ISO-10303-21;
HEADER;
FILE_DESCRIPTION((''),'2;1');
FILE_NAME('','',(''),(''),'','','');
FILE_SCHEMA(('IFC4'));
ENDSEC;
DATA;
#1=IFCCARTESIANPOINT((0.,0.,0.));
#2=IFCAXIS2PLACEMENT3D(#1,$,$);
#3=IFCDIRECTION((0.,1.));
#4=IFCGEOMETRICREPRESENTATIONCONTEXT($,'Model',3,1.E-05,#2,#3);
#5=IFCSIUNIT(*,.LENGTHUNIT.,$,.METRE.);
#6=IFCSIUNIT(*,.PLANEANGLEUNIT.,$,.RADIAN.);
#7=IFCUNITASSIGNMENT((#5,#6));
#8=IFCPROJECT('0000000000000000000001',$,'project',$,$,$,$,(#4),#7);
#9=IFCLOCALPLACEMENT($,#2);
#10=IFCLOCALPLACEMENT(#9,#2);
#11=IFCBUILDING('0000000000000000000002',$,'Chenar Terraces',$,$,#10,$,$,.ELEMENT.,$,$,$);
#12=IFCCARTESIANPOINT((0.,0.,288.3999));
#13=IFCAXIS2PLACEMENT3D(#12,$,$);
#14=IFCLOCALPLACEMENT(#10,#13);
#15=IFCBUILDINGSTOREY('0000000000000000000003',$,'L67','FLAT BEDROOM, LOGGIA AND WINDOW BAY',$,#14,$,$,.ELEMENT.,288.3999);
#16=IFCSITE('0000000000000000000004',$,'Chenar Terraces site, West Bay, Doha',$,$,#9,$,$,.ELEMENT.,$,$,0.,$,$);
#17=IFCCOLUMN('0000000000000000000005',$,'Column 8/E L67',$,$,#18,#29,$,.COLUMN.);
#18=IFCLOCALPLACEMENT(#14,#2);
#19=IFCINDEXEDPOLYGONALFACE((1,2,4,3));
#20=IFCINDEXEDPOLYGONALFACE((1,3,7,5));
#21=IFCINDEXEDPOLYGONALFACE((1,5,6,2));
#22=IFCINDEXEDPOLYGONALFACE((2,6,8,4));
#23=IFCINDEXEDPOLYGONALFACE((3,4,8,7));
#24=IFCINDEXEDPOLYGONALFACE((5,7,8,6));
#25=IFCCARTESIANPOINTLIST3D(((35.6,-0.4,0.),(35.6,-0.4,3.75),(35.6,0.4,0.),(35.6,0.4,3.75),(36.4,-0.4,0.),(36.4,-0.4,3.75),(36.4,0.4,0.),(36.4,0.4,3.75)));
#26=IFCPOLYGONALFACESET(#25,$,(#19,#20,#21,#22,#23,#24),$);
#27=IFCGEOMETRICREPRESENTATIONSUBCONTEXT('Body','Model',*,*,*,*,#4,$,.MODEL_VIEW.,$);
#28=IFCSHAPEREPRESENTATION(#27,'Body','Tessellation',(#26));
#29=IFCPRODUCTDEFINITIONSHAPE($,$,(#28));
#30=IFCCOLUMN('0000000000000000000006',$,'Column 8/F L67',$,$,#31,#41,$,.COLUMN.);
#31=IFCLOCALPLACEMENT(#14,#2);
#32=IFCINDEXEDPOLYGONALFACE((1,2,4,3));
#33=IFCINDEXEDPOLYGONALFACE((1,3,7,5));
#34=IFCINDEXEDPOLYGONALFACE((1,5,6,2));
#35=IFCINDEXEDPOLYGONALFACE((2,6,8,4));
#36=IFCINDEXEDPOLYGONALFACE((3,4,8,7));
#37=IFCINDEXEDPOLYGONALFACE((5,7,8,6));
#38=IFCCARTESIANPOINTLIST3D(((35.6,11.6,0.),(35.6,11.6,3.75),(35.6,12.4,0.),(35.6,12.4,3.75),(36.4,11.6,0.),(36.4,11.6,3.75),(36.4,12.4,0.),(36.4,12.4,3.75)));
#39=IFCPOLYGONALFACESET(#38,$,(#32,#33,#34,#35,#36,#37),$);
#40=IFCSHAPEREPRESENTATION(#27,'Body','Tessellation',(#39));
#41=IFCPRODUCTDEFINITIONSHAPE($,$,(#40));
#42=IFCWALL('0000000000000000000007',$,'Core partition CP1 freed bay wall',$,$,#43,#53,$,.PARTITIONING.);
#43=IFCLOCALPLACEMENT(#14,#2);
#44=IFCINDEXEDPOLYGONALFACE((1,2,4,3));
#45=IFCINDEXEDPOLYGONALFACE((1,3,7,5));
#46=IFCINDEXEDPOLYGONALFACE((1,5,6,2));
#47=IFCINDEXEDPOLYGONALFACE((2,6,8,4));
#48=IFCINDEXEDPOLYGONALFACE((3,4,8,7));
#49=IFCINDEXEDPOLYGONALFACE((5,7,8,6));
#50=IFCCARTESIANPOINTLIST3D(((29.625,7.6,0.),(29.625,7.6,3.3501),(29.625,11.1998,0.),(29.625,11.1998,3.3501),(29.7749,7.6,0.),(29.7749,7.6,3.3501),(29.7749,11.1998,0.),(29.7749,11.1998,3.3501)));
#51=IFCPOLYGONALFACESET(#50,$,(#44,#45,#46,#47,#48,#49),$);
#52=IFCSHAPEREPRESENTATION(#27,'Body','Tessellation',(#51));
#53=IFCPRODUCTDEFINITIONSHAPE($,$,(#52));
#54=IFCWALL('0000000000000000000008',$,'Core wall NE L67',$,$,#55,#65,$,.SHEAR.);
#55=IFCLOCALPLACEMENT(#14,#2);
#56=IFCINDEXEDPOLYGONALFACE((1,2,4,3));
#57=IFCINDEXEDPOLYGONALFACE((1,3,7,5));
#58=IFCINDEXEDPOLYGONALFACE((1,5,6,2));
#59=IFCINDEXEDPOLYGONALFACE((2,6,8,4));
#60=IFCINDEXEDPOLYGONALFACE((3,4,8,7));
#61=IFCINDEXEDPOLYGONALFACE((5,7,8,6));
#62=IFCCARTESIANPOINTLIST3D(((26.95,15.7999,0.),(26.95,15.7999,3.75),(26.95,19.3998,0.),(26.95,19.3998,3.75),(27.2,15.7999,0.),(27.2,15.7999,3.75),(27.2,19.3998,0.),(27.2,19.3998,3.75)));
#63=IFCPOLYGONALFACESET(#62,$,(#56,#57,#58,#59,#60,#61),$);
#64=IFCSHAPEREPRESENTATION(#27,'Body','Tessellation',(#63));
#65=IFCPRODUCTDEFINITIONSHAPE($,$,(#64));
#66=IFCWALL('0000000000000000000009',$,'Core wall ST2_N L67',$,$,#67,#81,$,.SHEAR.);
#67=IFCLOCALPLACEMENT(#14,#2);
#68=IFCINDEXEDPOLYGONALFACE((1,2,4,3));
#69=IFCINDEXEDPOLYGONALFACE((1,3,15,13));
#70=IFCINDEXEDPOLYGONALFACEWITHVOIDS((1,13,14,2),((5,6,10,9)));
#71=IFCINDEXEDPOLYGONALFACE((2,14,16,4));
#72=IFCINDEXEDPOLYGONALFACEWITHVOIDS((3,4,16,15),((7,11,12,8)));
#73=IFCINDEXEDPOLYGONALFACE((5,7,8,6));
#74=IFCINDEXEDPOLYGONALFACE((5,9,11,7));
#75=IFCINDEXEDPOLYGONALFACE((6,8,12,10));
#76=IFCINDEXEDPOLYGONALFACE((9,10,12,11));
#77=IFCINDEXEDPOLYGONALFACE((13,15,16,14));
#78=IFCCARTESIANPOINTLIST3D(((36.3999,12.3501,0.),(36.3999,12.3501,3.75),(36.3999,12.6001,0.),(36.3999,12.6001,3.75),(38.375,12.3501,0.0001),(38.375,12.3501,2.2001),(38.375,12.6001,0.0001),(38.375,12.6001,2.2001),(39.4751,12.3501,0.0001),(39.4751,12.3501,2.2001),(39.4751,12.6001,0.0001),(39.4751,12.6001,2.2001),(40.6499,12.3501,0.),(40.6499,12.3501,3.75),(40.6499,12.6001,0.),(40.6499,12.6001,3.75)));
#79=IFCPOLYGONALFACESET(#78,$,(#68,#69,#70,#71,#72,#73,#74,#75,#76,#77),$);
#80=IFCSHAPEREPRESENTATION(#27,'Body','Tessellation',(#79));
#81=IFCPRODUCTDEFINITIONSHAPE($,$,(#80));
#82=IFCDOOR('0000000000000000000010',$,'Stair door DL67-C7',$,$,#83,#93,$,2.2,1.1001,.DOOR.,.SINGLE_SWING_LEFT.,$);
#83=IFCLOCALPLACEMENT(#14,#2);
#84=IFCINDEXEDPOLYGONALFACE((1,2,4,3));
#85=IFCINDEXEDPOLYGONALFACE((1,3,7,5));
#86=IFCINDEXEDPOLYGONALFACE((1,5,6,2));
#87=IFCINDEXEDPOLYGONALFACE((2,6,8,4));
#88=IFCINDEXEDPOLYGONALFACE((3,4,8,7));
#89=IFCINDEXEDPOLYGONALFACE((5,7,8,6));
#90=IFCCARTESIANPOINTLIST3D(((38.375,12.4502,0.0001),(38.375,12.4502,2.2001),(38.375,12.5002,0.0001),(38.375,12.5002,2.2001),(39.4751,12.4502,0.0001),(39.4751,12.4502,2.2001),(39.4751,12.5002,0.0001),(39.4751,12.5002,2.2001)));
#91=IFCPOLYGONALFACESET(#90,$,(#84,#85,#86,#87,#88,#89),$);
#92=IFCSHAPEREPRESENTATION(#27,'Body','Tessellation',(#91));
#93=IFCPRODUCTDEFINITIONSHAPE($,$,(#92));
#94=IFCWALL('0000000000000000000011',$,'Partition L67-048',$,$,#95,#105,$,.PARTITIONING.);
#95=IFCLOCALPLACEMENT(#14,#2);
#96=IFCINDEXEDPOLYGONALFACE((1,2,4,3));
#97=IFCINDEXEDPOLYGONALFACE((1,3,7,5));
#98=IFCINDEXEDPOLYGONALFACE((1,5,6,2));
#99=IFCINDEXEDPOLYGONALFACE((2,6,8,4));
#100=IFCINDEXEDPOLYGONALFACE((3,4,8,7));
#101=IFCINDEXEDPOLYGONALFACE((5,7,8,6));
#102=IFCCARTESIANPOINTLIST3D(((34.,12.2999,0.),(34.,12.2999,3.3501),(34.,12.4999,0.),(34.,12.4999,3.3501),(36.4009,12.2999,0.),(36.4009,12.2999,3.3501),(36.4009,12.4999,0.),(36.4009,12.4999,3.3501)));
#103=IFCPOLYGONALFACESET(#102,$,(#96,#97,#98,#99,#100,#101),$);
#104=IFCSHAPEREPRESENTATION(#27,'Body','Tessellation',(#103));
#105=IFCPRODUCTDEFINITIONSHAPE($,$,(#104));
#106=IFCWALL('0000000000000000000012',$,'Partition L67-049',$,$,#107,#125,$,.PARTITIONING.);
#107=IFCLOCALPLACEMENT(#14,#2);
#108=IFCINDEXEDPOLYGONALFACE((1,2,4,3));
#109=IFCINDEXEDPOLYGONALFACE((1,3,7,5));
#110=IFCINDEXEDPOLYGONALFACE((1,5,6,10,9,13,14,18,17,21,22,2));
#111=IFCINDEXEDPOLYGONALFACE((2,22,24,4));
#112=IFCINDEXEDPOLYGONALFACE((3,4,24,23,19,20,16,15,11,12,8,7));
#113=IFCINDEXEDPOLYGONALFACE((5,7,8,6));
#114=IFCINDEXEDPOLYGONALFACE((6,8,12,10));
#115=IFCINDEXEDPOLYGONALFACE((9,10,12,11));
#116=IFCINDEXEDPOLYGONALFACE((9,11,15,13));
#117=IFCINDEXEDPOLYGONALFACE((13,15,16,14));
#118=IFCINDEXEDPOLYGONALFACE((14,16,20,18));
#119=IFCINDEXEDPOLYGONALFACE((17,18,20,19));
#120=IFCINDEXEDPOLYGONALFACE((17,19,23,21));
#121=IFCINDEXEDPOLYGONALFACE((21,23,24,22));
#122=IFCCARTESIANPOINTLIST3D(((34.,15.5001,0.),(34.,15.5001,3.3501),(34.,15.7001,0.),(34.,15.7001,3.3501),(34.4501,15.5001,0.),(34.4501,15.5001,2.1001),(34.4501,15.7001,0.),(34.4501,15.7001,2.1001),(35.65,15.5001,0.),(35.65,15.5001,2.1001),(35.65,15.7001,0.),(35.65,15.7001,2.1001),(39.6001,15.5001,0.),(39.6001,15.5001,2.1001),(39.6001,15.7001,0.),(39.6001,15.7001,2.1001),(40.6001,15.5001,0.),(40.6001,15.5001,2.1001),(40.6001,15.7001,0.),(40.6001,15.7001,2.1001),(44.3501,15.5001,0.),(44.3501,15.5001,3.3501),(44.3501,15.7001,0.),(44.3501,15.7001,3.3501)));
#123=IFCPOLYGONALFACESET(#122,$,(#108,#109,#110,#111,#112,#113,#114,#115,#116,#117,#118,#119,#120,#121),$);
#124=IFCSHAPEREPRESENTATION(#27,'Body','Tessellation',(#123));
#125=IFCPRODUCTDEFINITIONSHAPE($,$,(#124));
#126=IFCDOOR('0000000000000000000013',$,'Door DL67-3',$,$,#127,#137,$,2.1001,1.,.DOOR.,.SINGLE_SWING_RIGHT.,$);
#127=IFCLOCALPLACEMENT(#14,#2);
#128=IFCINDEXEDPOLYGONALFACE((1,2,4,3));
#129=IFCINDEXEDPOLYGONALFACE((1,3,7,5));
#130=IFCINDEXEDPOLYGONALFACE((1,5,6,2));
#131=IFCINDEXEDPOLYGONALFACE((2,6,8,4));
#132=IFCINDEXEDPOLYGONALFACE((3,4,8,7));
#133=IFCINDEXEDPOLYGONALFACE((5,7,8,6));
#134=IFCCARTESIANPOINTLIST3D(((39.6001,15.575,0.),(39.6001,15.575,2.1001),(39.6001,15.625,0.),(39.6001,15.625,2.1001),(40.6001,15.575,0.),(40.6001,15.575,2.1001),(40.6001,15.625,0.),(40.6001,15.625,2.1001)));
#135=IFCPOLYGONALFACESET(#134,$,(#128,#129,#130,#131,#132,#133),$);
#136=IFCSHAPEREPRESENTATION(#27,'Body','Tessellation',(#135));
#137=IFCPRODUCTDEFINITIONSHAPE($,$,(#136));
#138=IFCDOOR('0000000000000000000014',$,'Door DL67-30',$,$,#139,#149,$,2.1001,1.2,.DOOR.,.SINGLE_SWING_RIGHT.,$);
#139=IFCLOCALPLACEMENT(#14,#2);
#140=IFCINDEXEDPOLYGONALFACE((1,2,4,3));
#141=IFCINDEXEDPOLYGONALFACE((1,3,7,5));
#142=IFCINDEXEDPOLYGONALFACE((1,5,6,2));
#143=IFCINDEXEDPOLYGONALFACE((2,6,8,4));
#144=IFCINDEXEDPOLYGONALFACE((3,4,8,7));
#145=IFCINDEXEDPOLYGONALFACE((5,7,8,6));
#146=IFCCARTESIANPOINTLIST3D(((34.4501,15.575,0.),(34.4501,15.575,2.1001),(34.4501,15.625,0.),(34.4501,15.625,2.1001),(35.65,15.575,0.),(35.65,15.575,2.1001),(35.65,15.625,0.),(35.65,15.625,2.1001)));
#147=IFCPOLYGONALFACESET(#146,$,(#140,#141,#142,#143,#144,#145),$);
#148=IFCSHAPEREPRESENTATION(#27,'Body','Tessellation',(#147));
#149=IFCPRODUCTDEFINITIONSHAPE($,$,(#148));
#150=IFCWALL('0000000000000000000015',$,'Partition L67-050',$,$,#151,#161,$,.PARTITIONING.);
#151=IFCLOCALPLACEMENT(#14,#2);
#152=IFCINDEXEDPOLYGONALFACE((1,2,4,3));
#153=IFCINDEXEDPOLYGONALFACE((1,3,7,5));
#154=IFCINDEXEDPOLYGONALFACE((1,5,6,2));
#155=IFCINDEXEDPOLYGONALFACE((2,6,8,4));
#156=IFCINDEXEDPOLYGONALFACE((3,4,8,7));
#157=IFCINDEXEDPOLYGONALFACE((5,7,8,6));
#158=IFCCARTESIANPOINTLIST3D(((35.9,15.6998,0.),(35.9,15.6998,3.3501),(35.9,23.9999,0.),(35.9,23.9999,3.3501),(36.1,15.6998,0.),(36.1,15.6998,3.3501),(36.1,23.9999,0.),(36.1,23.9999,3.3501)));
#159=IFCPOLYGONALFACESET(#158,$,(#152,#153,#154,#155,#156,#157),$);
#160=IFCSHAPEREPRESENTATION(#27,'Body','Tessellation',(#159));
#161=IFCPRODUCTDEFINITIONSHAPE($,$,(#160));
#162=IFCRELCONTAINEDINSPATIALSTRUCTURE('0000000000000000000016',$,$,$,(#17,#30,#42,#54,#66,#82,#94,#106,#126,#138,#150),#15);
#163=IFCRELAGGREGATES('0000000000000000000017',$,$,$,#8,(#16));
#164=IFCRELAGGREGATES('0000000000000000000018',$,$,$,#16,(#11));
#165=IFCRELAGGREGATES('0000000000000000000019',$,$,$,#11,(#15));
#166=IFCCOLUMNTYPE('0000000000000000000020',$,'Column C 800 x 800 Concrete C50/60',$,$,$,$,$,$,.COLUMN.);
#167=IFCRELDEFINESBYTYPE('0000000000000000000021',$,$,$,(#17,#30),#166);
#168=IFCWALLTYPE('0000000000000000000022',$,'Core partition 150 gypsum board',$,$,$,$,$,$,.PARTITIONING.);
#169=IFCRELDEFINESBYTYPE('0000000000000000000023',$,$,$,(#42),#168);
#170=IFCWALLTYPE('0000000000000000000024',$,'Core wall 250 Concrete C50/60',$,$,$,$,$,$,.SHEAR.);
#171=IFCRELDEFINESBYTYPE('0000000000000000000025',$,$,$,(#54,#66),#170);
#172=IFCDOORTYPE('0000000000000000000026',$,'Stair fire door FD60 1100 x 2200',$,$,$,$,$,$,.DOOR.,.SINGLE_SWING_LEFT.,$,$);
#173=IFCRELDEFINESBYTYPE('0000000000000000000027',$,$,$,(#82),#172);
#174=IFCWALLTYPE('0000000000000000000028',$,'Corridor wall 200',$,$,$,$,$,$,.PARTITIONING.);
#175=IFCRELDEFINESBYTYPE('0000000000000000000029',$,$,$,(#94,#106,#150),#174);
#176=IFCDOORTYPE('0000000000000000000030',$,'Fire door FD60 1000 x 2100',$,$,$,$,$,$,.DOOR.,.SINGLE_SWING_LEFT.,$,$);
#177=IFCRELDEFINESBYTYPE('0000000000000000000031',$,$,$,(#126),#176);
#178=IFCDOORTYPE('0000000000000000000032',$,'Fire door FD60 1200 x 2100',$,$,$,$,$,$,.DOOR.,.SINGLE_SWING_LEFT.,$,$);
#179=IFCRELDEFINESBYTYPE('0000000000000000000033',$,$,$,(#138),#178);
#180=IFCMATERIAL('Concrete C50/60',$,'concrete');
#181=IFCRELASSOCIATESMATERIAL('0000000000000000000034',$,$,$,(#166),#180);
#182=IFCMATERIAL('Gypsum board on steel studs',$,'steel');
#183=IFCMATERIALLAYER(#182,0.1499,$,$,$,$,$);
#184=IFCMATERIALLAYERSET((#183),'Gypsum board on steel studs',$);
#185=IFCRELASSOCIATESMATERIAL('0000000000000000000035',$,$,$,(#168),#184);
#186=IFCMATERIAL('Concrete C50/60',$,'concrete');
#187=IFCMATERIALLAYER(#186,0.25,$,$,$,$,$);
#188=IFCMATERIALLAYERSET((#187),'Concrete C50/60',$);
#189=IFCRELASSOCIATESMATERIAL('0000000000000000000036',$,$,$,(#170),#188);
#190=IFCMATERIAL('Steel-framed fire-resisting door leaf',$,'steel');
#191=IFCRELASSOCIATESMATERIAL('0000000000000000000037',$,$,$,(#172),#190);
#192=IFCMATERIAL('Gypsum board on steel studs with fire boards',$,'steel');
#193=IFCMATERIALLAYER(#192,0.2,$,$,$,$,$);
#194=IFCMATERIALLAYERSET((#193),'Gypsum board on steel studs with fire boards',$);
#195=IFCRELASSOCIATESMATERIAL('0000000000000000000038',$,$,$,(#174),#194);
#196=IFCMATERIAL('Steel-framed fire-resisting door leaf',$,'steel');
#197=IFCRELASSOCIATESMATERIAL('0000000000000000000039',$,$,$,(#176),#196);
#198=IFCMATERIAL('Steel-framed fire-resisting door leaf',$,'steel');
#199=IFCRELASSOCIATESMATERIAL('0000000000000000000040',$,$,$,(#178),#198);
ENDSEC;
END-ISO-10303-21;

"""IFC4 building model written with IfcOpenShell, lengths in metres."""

from ifc_helpers import new_model, si_unit, direction, frame, frame_2d, origin, origin_2d, place, context, subcontext, project, spatial, rectangle, extrude, material, layer, layer_set, material_profile, profile_set, type_object, element, fill, save


model = new_model("IFC4")

# Units and contexts
model_context = context("Model", 3, precision=1e-05, world=origin(), true_north=direction((0.0, 1.0)))
body_context = subcontext(model_context, "Body", "Model", "MODEL_VIEW")
ifc_project = project(units=[si_unit("LENGTHUNIT", "METRE"), si_unit("PLANEANGLEUNIT", "RADIAN")], contexts=[model_context])

# Site, building, storey
site_placement = place(None, origin())
site = spatial("IfcSite", under=ifc_project, at=site_placement, Name="Chenar Terraces site, West Bay, Doha", CompositionType="ELEMENT", RefElevation=0.0)
building_placement = place(site_placement, origin())
building = spatial("IfcBuilding", under=site, at=building_placement, Name="Chenar Terraces", CompositionType="ELEMENT")
storey_placement = place(building_placement, frame((0.0, 0.0, 288.3999)))
storey = spatial("IfcBuildingStorey", under=building, at=storey_placement, Name="L67", Description="FLAT BEDROOM, LOGGIA AND WINDOW BAY", CompositionType="ELEMENT", Elevation=288.3999)

# Columns
ifc_material_1 = material(Name="Concrete C50/60", Category="concrete")
ifc_material_profile_1 = material_profile(ifc_material_1, rectangle(XDim=0.8, YDim=0.8, at=origin_2d()), Name="C 800 x 800")
ifc_profile_set_1 = profile_set([ifc_material_profile_1], Name="Concrete C50/60")
column_type = type_object("IfcColumnType", Name="Column C 800 x 800 Concrete C50/60", PredefinedType="COLUMN", material=ifc_profile_set_1)
for number, where, z_axis, x_axis, name in (
    (1, (36.0, 0.0, 0.0), (0.0, 0.0, 1.0), (1.0, 0.0, 0.0), "Column 8/E L67"),
    (2, (36.0, 12.0, 0.0), (0.0, 0.0, 1.0), (1.0, 0.0, 0.0), "Column 8/F L67"),
):
    element("IfcColumn", number, at=place(storey_placement, frame(where, z_axis=z_axis, x_axis=x_axis)), inside=storey, type_object=column_type, Name=name, PredefinedType="COLUMN", context=body_context, shape_type="SweptSolid", body=[
        extrude(rectangle(XDim=0.8, YDim=0.8, at=origin_2d()), origin(), (0.0, 0.0, 1.0), 3.75),
    ])

# Walls
ifc_material_2 = material(Name="Gypsum board on steel studs", Category="steel")
ifc_layer_1 = layer(ifc_material_2, 0.1499)
ifc_layer_set_1 = layer_set([ifc_layer_1], Name="Gypsum board on steel studs")
wall_type_1 = type_object("IfcWallType", Name="Core partition 150 gypsum board", PredefinedType="PARTITIONING", material=ifc_layer_set_1)
wall_1_placement = place(storey_placement, frame((29.7, 7.6001, 0.0), z_axis=(0.0, 0.0, 1.0), x_axis=(0.0, 1.0, 0.0)))
element("IfcWall", 3, at=wall_1_placement, inside=storey, type_object=wall_type_1, Name="Core partition CP1 freed bay wall", PredefinedType="PARTITIONING", context=body_context, shape_type="SweptSolid", body=[
    extrude(rectangle(XDim=3.5999, YDim=0.1499, at=frame_2d((1.7998, 0.0))), origin(), (0.0, 0.0, 1.0), 3.3501),
])
ifc_material_3 = material(Name="Concrete C50/60", Category="concrete")
ifc_layer_2 = layer(ifc_material_3, 0.25)
ifc_layer_set_2 = layer_set([ifc_layer_2], Name="Concrete C50/60")
wall_type_2 = type_object("IfcWallType", Name="Core wall 250 Concrete C50/60", PredefinedType="SHEAR", material=ifc_layer_set_2)
wall_2_placement = place(storey_placement, frame((27.075, 15.8, 0.0), z_axis=(0.0, 0.0, 1.0), x_axis=(0.0, 1.0, 0.0)))
element("IfcWall", 4, at=wall_2_placement, inside=storey, type_object=wall_type_2, Name="Core wall NE L67", PredefinedType="SHEAR", context=body_context, shape_type="SweptSolid", body=[
    extrude(rectangle(XDim=3.5999, YDim=0.25, at=frame_2d((1.7998, 0.0))), origin(), (0.0, 0.0, 1.0), 3.75),
])

# Wall, opening, door
wall_3_placement = place(storey_placement, frame((36.3999, 12.4751, 0.0), z_axis=(0.0, 0.0, 1.0), x_axis=(1.0, 0.0, 0.0)))
wall_3 = element("IfcWall", 5, at=wall_3_placement, inside=storey, type_object=wall_type_2, Name="Core wall ST2_N L67", PredefinedType="SHEAR", context=body_context, shape_type="SweptSolid", body=[
    extrude(rectangle(XDim=4.25, YDim=0.25, at=frame_2d((2.125, 0.0))), origin(), (0.0, 0.0, 1.0), 3.75),
])
opening_1_placement = place(wall_3_placement, frame((1.9751, 0.0, 0.0)))
opening_1 = element("IfcOpeningElement", 6, at=opening_1_placement, cuts=wall_3, PredefinedType="OPENING", context=body_context, shape_type="SweptSolid", body=[
    extrude(rectangle(XDim=1.1001, YDim=2.2, at=frame_2d((0.55, 1.1001))), frame((0.0, 0.135, 0.0), z_axis=(0.0, -1.0, 0.0), x_axis=(1.0, 0.0, 0.0)), (0.0, 0.0, 1.0), 0.27),
])
ifc_material_4 = material(Name="Steel-framed fire-resisting door leaf", Category="steel")
door_type_1 = type_object("IfcDoorType", Name="Stair fire door FD60 1100 x 2200", OperationType="SINGLE_SWING_LEFT", PredefinedType="DOOR", material=ifc_material_4)
door_1_placement = place(opening_1_placement, frame((1.1001, 0.0, 0.0), z_axis=(0.0, 0.0, 1.0), x_axis=(-1.0, 0.0, 0.0)))
door_1 = element("IfcDoor", 7, at=door_1_placement, inside=storey, type_object=door_type_1, Name="Stair door DL67-C7", OperationType="SINGLE_SWING_LEFT", OverallHeight=2.2, OverallWidth=1.1001, PredefinedType="DOOR", context=body_context, shape_type="SweptSolid", body=[
    extrude(rectangle(XDim=1.1001, YDim=2.2, at=frame_2d((0.55, 1.1001))), frame((0.0, 0.0249, 0.0), z_axis=(0.0, -1.0, 0.0), x_axis=(1.0, 0.0, 0.0)), (0.0, 0.0, 1.0), 0.05),
])
fill(opening_1, door_1)

# Wall
ifc_material_5 = material(Name="Gypsum board on steel studs with fire boards", Category="steel")
ifc_layer_3 = layer(ifc_material_5, 0.2)
ifc_layer_set_3 = layer_set([ifc_layer_3], Name="Gypsum board on steel studs with fire boards")
wall_type_3 = type_object("IfcWallType", Name="Corridor wall 200", PredefinedType="PARTITIONING", material=ifc_layer_set_3)
wall_4_placement = place(storey_placement, frame((34.0, 12.3999, 0.0), z_axis=(0.0, 0.0, 1.0), x_axis=(1.0, 0.0, 0.0)))
element("IfcWall", 8, at=wall_4_placement, inside=storey, type_object=wall_type_3, Name="Partition L67-048", PredefinedType="PARTITIONING", context=body_context, shape_type="SweptSolid", body=[
    extrude(rectangle(XDim=2.4009, YDim=0.2, at=frame_2d((1.2004, 0.0))), origin(), (0.0, 0.0, 1.0), 3.3501),
])

# Wall, openings, doors
wall_5_placement = place(storey_placement, frame((34.0, 15.6001, 0.0), z_axis=(0.0, 0.0, 1.0), x_axis=(1.0, 0.0, 0.0)))
wall_5 = element("IfcWall", 9, at=wall_5_placement, inside=storey, type_object=wall_type_3, Name="Partition L67-049", PredefinedType="PARTITIONING", context=body_context, shape_type="SweptSolid", body=[
    extrude(rectangle(XDim=10.3501, YDim=0.2, at=frame_2d((5.175, 0.0))), origin(), (0.0, 0.0, 1.0), 3.3501),
])
opening_2_placement = place(wall_5_placement, frame((5.6001, 0.0, 0.0)))
opening_2 = element("IfcOpeningElement", 10, at=opening_2_placement, cuts=wall_5, PredefinedType="OPENING", context=body_context, shape_type="SweptSolid", body=[
    extrude(rectangle(XDim=1.0, YDim=2.1001, at=frame_2d((0.5, 1.05))), frame((0.0, 0.1099, 0.0), z_axis=(0.0, -1.0, 0.0), x_axis=(1.0, 0.0, 0.0)), (0.0, 0.0, 1.0), 0.22),
])
opening_3_placement = place(wall_5_placement, frame((0.45, 0.0, 0.0)))
opening_3 = element("IfcOpeningElement", 11, at=opening_3_placement, cuts=wall_5, PredefinedType="OPENING", context=body_context, shape_type="SweptSolid", body=[
    extrude(rectangle(XDim=1.2, YDim=2.1001, at=frame_2d((0.6001, 1.05))), frame((0.0, 0.1099, 0.0), z_axis=(0.0, -1.0, 0.0), x_axis=(1.0, 0.0, 0.0)), (0.0, 0.0, 1.0), 0.22),
])
ifc_material_6 = material(Name="Steel-framed fire-resisting door leaf", Category="steel")
door_type_2 = type_object("IfcDoorType", Name="Fire door FD60 1000 x 2100", OperationType="SINGLE_SWING_LEFT", PredefinedType="DOOR", material=ifc_material_6)
door_2_placement = place(opening_2_placement, origin())
door_2 = element("IfcDoor", 12, at=door_2_placement, inside=storey, type_object=door_type_2, Name="Door DL67-3", OperationType="SINGLE_SWING_RIGHT", OverallHeight=2.1001, OverallWidth=1.0, PredefinedType="DOOR", context=body_context, shape_type="SweptSolid", body=[
    extrude(rectangle(XDim=1.0, YDim=2.1001, at=frame_2d((0.5, 1.05))), frame((0.0, 0.0249, 0.0), z_axis=(0.0, -1.0, 0.0), x_axis=(1.0, 0.0, 0.0)), (0.0, 0.0, 1.0), 0.05),
])
fill(opening_2, door_2)
ifc_material_7 = material(Name="Steel-framed fire-resisting door leaf", Category="steel")
door_type_3 = type_object("IfcDoorType", Name="Fire door FD60 1200 x 2100", OperationType="SINGLE_SWING_LEFT", PredefinedType="DOOR", material=ifc_material_7)
door_3_placement = place(opening_3_placement, origin())
door_3 = element("IfcDoor", 13, at=door_3_placement, inside=storey, type_object=door_type_3, Name="Door DL67-30", OperationType="SINGLE_SWING_RIGHT", OverallHeight=2.1001, OverallWidth=1.2, PredefinedType="DOOR", context=body_context, shape_type="SweptSolid", body=[
    extrude(rectangle(XDim=1.2, YDim=2.1001, at=frame_2d((0.6001, 1.05))), frame((0.0, 0.0249, 0.0), z_axis=(0.0, -1.0, 0.0), x_axis=(1.0, 0.0, 0.0)), (0.0, 0.0, 1.0), 0.05),
])
fill(opening_3, door_3)

# Wall
wall_6_placement = place(storey_placement, frame((36.0, 15.7, 0.0), z_axis=(0.0, 0.0, 1.0), x_axis=(0.0, 1.0, 0.0)))
element("IfcWall", 14, at=wall_6_placement, inside=storey, type_object=wall_type_3, Name="Partition L67-050", PredefinedType="PARTITIONING", context=body_context, shape_type="SweptSolid", body=[
    extrude(rectangle(XDim=8.3, YDim=0.2, at=frame_2d((4.1499, 0.0))), origin(), (0.0, 0.0, 1.0), 3.3501),
])

save(model, "model.ifc")
